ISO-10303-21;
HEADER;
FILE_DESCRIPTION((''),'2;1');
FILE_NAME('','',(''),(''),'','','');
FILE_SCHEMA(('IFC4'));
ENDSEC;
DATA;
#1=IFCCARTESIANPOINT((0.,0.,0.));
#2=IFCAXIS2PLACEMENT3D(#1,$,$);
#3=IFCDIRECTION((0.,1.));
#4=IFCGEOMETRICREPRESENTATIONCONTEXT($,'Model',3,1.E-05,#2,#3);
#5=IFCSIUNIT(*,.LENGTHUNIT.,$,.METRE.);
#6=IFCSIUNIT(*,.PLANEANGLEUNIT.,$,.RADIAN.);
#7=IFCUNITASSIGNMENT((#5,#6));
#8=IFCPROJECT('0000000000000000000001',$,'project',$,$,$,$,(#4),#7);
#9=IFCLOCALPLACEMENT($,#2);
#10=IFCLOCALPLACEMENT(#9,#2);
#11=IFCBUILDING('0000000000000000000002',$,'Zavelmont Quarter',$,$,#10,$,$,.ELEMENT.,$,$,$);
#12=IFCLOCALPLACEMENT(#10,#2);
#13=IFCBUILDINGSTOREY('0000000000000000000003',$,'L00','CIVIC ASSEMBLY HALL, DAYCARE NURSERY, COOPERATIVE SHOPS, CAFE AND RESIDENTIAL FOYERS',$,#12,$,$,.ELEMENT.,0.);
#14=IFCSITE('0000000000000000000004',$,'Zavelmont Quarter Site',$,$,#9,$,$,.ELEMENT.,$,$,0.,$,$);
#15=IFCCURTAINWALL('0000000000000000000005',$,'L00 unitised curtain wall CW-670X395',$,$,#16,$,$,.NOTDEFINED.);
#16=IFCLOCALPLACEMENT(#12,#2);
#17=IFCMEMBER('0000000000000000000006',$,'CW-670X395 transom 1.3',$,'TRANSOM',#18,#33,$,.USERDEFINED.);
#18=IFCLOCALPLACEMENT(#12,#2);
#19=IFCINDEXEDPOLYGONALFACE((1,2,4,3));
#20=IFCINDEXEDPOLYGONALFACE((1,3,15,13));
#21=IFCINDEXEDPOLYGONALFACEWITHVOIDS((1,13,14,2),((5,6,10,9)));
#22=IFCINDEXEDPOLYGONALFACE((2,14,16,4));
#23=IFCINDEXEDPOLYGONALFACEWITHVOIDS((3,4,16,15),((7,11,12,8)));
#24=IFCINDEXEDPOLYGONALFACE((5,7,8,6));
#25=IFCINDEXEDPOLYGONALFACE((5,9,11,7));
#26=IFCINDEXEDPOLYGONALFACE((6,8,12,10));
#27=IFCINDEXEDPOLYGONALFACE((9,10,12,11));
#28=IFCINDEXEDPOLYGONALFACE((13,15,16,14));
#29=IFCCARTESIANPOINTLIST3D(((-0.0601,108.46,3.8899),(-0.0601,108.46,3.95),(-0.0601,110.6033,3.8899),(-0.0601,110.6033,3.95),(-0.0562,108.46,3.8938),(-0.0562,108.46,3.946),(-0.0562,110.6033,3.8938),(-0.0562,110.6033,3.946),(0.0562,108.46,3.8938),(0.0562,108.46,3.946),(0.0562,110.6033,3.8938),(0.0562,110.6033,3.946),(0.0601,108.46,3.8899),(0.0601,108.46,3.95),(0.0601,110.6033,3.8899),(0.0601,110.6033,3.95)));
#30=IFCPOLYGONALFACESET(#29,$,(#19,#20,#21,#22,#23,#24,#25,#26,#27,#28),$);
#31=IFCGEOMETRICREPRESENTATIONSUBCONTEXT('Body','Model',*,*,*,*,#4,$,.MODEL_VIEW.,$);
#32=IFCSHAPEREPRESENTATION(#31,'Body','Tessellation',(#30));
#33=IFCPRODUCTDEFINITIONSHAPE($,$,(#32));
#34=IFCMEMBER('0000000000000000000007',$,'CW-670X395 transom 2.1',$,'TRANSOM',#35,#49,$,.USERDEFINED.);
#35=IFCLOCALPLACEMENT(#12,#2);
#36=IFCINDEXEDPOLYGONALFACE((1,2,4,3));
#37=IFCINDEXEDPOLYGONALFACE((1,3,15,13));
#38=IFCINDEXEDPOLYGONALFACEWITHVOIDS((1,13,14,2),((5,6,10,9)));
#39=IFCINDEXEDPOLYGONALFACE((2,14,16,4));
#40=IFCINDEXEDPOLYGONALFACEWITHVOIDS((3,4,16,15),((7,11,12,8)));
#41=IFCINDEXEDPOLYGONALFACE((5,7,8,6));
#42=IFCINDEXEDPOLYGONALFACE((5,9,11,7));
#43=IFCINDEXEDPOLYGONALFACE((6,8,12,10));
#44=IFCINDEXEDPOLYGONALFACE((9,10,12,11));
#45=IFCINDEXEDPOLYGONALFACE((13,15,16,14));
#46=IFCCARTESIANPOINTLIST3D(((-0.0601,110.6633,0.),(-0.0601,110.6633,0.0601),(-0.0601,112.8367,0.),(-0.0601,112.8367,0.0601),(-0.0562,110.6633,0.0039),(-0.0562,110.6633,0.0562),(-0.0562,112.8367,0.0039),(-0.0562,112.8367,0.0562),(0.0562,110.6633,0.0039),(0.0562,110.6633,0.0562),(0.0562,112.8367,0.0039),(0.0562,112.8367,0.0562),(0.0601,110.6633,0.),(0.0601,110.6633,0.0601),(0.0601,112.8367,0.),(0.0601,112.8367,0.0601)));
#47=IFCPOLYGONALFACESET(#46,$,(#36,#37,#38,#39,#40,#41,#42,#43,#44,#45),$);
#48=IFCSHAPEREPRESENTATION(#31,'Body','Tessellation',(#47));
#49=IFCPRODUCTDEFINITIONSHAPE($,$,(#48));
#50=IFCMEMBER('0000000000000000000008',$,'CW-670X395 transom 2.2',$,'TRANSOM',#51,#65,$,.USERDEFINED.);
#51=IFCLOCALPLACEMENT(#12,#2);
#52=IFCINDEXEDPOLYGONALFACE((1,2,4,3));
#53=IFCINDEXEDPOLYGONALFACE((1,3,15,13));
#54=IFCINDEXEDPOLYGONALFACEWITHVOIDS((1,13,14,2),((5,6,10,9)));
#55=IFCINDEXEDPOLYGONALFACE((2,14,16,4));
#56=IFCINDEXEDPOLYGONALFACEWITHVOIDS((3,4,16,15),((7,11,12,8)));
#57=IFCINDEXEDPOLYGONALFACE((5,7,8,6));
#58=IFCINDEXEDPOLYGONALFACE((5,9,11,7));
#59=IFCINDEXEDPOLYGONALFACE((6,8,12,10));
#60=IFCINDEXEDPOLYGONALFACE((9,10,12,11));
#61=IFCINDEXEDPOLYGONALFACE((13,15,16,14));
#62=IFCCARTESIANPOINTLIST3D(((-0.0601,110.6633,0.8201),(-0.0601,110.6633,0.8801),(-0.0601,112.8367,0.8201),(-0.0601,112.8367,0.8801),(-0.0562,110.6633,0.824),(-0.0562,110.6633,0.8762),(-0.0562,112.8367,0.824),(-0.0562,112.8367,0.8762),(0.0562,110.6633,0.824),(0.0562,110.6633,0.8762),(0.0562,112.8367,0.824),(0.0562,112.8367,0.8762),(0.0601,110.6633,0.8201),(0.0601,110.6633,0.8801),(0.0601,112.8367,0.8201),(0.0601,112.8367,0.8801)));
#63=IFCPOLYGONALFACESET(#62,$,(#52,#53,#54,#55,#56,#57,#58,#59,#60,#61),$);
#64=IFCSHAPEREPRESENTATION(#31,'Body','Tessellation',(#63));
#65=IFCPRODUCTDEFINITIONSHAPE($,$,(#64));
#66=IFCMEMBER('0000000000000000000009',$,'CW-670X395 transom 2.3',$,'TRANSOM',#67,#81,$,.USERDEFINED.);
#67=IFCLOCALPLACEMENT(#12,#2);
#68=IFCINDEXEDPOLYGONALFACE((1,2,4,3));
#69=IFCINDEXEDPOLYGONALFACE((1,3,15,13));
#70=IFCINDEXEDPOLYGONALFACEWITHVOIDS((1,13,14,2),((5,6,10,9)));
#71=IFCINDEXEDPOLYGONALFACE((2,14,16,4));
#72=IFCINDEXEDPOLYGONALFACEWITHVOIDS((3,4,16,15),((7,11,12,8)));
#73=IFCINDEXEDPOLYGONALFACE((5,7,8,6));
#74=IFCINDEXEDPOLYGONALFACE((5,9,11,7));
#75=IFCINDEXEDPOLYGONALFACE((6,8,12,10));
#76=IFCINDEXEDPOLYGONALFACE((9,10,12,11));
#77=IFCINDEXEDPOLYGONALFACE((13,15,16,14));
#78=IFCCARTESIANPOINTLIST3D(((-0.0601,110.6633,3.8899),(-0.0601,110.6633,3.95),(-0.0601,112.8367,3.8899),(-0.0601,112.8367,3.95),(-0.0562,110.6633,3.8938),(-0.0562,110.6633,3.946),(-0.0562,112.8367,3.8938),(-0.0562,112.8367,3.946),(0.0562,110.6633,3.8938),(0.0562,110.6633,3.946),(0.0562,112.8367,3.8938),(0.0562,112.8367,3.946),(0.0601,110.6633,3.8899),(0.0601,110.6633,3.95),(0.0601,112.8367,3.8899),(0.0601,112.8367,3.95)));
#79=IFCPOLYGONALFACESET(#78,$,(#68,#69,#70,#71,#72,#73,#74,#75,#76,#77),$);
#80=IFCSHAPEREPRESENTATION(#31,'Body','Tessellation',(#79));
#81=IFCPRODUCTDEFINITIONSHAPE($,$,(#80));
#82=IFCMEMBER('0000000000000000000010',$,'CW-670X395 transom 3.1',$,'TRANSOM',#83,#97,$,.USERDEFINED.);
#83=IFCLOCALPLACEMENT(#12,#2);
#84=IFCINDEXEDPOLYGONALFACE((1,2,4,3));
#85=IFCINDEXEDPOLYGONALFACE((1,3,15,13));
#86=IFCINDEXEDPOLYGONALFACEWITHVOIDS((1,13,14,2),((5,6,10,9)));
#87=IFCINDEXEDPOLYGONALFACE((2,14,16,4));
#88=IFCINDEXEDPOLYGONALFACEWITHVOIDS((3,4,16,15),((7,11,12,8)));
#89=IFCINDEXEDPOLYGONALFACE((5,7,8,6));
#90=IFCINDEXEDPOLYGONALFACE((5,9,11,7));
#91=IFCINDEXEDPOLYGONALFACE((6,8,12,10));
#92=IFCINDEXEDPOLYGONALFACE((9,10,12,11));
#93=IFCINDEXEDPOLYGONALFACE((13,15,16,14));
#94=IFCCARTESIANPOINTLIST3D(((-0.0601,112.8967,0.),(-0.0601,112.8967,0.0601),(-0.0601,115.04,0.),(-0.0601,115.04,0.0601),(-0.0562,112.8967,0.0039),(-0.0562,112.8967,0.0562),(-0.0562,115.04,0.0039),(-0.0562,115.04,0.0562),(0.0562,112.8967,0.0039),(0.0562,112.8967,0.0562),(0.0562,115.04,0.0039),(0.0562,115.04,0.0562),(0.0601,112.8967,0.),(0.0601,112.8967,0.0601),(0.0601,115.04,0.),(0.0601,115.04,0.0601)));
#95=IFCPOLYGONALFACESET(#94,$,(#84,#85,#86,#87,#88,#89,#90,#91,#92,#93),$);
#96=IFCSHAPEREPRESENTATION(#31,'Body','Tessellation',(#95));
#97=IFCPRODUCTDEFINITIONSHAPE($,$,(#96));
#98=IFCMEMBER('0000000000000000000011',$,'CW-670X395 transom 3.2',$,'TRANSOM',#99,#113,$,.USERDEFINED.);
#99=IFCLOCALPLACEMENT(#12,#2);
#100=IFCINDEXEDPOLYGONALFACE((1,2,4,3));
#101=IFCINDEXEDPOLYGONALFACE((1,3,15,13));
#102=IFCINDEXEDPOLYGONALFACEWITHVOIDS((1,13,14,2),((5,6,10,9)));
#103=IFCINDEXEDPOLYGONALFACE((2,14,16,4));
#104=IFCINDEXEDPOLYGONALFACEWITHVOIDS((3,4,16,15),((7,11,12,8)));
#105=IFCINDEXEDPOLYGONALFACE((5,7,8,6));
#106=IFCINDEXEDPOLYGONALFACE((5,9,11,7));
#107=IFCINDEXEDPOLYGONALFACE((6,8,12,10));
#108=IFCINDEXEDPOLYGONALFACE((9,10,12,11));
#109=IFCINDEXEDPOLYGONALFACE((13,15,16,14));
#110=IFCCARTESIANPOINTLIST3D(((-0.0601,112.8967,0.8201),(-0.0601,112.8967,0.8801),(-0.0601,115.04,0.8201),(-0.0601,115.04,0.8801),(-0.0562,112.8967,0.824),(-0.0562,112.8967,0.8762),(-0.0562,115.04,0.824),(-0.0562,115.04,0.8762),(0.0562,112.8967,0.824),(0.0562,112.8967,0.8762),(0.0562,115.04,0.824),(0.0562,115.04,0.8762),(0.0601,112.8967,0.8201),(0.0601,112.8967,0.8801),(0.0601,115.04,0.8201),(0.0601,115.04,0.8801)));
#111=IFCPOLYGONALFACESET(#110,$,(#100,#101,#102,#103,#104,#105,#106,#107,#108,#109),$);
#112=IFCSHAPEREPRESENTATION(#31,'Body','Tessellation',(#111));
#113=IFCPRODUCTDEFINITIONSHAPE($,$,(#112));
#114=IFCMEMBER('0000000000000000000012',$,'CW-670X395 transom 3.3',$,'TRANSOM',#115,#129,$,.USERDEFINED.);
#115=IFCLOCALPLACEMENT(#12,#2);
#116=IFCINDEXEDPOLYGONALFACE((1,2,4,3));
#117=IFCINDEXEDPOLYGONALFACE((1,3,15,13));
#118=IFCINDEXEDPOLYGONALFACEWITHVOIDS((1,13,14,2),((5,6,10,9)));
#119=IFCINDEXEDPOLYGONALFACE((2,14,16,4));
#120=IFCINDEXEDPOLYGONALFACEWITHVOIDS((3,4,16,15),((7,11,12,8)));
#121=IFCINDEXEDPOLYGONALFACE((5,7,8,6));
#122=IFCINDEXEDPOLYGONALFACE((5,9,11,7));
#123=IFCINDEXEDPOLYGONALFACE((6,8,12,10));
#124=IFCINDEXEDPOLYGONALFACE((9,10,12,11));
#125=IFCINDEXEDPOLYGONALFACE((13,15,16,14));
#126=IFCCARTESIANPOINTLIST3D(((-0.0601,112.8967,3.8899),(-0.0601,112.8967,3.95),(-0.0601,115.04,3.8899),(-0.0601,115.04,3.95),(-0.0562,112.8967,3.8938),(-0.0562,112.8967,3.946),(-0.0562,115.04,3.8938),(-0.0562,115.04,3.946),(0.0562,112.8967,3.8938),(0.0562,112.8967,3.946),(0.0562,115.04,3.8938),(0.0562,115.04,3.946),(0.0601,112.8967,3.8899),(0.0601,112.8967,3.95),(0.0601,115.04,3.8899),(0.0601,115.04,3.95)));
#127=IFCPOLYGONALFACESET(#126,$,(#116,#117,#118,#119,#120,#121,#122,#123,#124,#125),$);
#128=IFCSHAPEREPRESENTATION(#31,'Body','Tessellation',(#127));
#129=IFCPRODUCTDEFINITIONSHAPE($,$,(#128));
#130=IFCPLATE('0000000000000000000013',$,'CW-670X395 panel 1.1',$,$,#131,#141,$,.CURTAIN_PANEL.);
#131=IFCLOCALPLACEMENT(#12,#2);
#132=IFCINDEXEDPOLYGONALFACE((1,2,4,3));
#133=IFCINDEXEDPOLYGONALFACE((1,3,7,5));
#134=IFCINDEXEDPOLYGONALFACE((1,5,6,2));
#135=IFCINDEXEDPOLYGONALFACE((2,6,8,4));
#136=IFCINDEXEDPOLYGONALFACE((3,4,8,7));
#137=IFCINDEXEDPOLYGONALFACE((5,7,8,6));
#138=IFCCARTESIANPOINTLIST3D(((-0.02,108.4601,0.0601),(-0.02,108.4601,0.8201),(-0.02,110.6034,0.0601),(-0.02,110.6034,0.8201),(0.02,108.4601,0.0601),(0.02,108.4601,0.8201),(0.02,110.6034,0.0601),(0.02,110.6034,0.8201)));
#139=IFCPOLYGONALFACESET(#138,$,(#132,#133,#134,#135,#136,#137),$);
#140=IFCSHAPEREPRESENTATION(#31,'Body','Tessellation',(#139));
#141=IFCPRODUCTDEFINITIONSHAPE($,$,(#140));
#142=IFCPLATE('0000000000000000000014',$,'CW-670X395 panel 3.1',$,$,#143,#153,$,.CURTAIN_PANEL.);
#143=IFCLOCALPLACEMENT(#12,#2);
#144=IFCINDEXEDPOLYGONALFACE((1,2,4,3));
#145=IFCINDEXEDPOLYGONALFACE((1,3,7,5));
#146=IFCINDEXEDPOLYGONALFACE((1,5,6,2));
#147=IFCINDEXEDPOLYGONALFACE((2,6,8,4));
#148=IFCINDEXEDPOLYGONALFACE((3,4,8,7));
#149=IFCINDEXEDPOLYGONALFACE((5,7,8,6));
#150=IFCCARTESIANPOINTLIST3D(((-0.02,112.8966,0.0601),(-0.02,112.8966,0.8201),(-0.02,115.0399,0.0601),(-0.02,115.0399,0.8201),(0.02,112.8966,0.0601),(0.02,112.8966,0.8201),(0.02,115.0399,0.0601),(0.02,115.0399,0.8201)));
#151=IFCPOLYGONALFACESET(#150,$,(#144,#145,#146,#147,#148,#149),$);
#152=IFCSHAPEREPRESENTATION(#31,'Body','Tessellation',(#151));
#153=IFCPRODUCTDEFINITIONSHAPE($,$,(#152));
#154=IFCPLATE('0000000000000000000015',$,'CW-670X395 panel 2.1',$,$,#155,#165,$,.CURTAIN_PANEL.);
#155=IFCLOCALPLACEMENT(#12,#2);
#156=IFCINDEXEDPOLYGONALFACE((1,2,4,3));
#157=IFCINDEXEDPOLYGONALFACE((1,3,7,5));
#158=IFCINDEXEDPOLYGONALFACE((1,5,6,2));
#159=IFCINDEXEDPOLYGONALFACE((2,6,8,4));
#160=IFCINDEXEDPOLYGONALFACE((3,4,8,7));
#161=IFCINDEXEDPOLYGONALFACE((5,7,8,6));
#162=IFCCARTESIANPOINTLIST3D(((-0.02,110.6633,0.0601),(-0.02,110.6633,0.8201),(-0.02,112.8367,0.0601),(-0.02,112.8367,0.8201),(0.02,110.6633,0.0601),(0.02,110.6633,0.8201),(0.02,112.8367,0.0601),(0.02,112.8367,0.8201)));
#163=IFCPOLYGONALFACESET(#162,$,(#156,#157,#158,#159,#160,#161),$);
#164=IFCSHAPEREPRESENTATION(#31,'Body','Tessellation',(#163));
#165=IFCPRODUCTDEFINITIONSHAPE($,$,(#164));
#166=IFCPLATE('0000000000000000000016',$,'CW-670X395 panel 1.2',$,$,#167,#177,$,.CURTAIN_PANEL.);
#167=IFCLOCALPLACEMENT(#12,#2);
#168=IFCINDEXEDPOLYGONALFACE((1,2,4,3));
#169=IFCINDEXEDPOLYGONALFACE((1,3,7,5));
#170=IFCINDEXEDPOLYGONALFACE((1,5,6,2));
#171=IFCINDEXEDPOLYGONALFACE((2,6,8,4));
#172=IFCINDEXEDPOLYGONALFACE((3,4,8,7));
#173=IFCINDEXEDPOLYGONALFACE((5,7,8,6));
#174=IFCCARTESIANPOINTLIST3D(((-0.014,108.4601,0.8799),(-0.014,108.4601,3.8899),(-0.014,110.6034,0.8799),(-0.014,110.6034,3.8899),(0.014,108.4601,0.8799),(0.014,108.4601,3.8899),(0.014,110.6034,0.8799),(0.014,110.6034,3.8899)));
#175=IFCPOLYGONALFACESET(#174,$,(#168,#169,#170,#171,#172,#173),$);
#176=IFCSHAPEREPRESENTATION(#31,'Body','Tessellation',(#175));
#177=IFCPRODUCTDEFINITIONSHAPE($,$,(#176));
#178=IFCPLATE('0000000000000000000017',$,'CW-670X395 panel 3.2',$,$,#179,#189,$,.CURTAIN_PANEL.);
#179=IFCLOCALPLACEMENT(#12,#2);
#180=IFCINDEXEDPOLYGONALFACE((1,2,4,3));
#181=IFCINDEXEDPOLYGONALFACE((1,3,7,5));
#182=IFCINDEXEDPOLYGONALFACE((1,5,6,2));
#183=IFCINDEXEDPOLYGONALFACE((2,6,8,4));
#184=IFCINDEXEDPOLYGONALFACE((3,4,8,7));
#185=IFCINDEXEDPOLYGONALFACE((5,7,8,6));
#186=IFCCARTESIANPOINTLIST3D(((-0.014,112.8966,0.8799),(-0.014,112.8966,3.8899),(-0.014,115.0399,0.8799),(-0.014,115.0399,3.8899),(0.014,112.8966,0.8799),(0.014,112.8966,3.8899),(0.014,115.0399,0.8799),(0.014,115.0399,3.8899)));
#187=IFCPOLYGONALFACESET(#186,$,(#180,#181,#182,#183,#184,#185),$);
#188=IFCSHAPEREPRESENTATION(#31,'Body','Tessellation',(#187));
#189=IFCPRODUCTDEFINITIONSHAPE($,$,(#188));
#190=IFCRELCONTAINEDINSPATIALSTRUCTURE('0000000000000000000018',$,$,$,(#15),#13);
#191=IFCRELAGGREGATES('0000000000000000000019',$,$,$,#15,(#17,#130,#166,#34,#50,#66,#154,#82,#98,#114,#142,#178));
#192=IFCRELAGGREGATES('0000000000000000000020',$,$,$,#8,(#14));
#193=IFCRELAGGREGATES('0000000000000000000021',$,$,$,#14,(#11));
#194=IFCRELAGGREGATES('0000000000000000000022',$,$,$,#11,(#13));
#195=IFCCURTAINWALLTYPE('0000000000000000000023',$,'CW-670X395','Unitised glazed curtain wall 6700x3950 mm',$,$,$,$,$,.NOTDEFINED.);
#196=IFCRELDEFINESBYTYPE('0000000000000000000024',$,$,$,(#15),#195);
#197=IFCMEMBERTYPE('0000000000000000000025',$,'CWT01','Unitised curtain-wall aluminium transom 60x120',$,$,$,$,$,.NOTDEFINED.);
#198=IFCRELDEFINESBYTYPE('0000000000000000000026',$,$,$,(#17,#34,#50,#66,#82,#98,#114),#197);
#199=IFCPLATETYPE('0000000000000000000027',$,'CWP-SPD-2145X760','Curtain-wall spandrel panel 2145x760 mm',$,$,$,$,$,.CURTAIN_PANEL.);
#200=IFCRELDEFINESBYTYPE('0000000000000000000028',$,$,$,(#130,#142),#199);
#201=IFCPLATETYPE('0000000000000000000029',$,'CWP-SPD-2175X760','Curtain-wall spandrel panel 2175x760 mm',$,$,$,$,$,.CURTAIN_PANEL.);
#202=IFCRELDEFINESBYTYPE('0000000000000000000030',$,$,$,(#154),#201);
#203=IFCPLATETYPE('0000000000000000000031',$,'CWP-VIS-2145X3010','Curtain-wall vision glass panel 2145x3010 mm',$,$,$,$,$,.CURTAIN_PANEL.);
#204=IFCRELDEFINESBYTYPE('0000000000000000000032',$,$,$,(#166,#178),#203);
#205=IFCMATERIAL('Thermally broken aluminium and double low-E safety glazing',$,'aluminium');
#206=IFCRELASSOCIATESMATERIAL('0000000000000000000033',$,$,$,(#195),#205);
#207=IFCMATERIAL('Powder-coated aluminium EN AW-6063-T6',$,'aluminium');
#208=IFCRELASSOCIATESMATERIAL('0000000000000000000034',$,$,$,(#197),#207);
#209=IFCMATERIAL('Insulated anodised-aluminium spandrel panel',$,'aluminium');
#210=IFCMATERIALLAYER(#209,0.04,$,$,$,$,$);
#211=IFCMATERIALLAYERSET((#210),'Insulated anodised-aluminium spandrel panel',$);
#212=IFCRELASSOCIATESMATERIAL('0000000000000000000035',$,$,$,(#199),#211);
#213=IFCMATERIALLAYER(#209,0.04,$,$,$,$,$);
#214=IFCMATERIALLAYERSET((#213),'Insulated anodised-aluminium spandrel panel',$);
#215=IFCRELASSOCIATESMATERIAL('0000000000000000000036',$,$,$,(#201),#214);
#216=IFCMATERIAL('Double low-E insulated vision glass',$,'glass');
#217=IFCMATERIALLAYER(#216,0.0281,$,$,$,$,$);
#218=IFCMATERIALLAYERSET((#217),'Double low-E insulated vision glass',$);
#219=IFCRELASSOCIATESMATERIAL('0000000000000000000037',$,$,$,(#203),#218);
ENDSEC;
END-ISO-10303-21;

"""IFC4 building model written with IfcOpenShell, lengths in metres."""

from ifc_helpers import new_model, si_unit, direction, frame, origin, origin_2d, place, context, subcontext, project, spatial, rectangle, hollow_rectangle, extrude, material, layer, layer_set, material_profile, profile_set, type_object, element, aggregate, save


model = new_model("IFC4")

# Units and contexts
model_context = context("Model", 3, precision=1e-05, world=origin(), true_north=direction((0.0, 1.0)))
body_context = subcontext(model_context, "Body", "Model", "MODEL_VIEW")
ifc_project = project(units=[si_unit("LENGTHUNIT", "METRE"), si_unit("PLANEANGLEUNIT", "RADIAN")], contexts=[model_context])

# Site, building, storey
site_placement = place(None, origin())
site = spatial("IfcSite", under=ifc_project, at=site_placement, Name="Zavelmont Quarter Site", CompositionType="ELEMENT", RefElevation=0.0)
building_placement = place(site_placement, origin())
building = spatial("IfcBuilding", under=site, at=building_placement, Name="Zavelmont Quarter", CompositionType="ELEMENT")
storey_placement = place(building_placement, origin())
storey = spatial("IfcBuildingStorey", under=building, at=storey_placement, Name="L00", Description="CIVIC ASSEMBLY HALL, DAYCARE NURSERY, COOPERATIVE SHOPS, CAFE AND RESIDENTIAL FOYERS", CompositionType="ELEMENT", Elevation=0.0)

# Shared definitions
ifc_material_1 = material(Name="Thermally broken aluminium and double low-E safety glazing", Category="aluminium")
ifc_material_2 = material(Name="Powder-coated aluminium EN AW-6063-T6", Category="aluminium")

# Curtain wall
curtain_wall_type_1 = type_object("IfcCurtainWallType", Name="CW-670X395", Description="Unitised glazed curtain wall 6700x3950 mm", PredefinedType="NOTDEFINED", material=ifc_material_1)
curtain_wall_1_placement = place(storey_placement, origin())
curtain_wall_1 = element("IfcCurtainWall", 1, at=curtain_wall_1_placement, inside=storey, type_object=curtain_wall_type_1, Name="L00 unitised curtain wall CW-670X395", PredefinedType="NOTDEFINED")

# Members
ifc_material_profile_1 = material_profile(ifc_material_2, hollow_rectangle(XDim=0.1201, YDim=0.0601, WallThickness=0.0039, at=origin_2d()), Name="CWT60X120")
ifc_profile_set_1 = profile_set([ifc_material_profile_1], Name="Powder-coated aluminium EN AW-6063-T6")
member_type_1 = type_object("IfcMemberType", Name="CWT01", Description="Unitised curtain-wall aluminium transom 60x120", PredefinedType="NOTDEFINED", material=ifc_profile_set_1)
member_1_placement = place(storey_placement, frame((0.0, 108.46, 3.9199), z_axis=(0.0, 1.0, 0.0), x_axis=(-1.0, 0.0, 0.0)))
member_1 = element("IfcMember", 2, at=member_1_placement, type_object=member_type_1, Name="CW-670X395 transom 1.3", ObjectType="TRANSOM", PredefinedType="USERDEFINED", context=body_context, shape_type="SweptSolid", body=[
    extrude(hollow_rectangle(XDim=0.1201, YDim=0.0601, WallThickness=0.0039, at=origin_2d()), origin(), (0.0, 0.0, 1.0), 2.1433),
])
member_2_placement = place(storey_placement, frame((0.0, 110.6633, 0.03), z_axis=(0.0, 1.0, 0.0), x_axis=(-1.0, 0.0, 0.0)))
member_2 = element("IfcMember", 3, at=member_2_placement, type_object=member_type_1, Name="CW-670X395 transom 2.1", ObjectType="TRANSOM", PredefinedType="USERDEFINED", context=body_context, shape_type="SweptSolid", body=[
    extrude(hollow_rectangle(XDim=0.1201, YDim=0.0601, WallThickness=0.0039, at=origin_2d()), origin(), (0.0, 0.0, 1.0), 2.1733),
])
member_3_placement = place(storey_placement, frame((0.0, 110.6633, 0.8501), z_axis=(0.0, 1.0, 0.0), x_axis=(-1.0, 0.0, 0.0)))
member_3 = element("IfcMember", 4, at=member_3_placement, type_object=member_type_1, Name="CW-670X395 transom 2.2", ObjectType="TRANSOM", PredefinedType="USERDEFINED", context=body_context, shape_type="SweptSolid", body=[
    extrude(hollow_rectangle(XDim=0.1201, YDim=0.0601, WallThickness=0.0039, at=origin_2d()), origin(), (0.0, 0.0, 1.0), 2.1733),
])
member_4_placement = place(storey_placement, frame((0.0, 110.6633, 3.9199), z_axis=(0.0, 1.0, 0.0), x_axis=(-1.0, 0.0, 0.0)))
member_4 = element("IfcMember", 5, at=member_4_placement, type_object=member_type_1, Name="CW-670X395 transom 2.3", ObjectType="TRANSOM", PredefinedType="USERDEFINED", context=body_context, shape_type="SweptSolid", body=[
    extrude(hollow_rectangle(XDim=0.1201, YDim=0.0601, WallThickness=0.0039, at=origin_2d()), origin(), (0.0, 0.0, 1.0), 2.1733),
])
member_5_placement = place(storey_placement, frame((0.0, 112.8967, 0.03), z_axis=(0.0, 1.0, 0.0), x_axis=(-1.0, 0.0, 0.0)))
member_5 = element("IfcMember", 6, at=member_5_placement, type_object=member_type_1, Name="CW-670X395 transom 3.1", ObjectType="TRANSOM", PredefinedType="USERDEFINED", context=body_context, shape_type="SweptSolid", body=[
    extrude(hollow_rectangle(XDim=0.1201, YDim=0.0601, WallThickness=0.0039, at=origin_2d()), origin(), (0.0, 0.0, 1.0), 2.1433),
])
member_6_placement = place(storey_placement, frame((0.0, 112.8967, 0.8501), z_axis=(0.0, 1.0, 0.0), x_axis=(-1.0, 0.0, 0.0)))
member_6 = element("IfcMember", 7, at=member_6_placement, type_object=member_type_1, Name="CW-670X395 transom 3.2", ObjectType="TRANSOM", PredefinedType="USERDEFINED", context=body_context, shape_type="SweptSolid", body=[
    extrude(hollow_rectangle(XDim=0.1201, YDim=0.0601, WallThickness=0.0039, at=origin_2d()), origin(), (0.0, 0.0, 1.0), 2.1433),
])
member_7_placement = place(storey_placement, frame((0.0, 112.8967, 3.9199), z_axis=(0.0, 1.0, 0.0), x_axis=(-1.0, 0.0, 0.0)))
member_7 = element("IfcMember", 8, at=member_7_placement, type_object=member_type_1, Name="CW-670X395 transom 3.3", ObjectType="TRANSOM", PredefinedType="USERDEFINED", context=body_context, shape_type="SweptSolid", body=[
    extrude(hollow_rectangle(XDim=0.1201, YDim=0.0601, WallThickness=0.0039, at=origin_2d()), origin(), (0.0, 0.0, 1.0), 2.1433),
])

# Plates
ifc_material_3 = material(Name="Insulated anodised-aluminium spandrel panel", Category="aluminium")
ifc_layer_1 = layer(ifc_material_3, 0.04)
ifc_layer_set_1 = layer_set([ifc_layer_1], Name="Insulated anodised-aluminium spandrel panel")
plate_type_1 = type_object("IfcPlateType", Name="CWP-SPD-2145X760", Description="Curtain-wall spandrel panel 2145x760 mm", PredefinedType="CURTAIN_PANEL", material=ifc_layer_set_1)
plate_1_placement = place(storey_placement, frame((0.0, 109.5317, 0.0601), z_axis=(0.0, 0.0, 1.0), x_axis=(0.0, 1.0, 0.0)))
plate_1 = element("IfcPlate", 9, at=plate_1_placement, type_object=plate_type_1, Name="CW-670X395 panel 1.1", PredefinedType="CURTAIN_PANEL", context=body_context, shape_type="SweptSolid", body=[
    extrude(rectangle(XDim=2.1433, YDim=0.04, at=origin_2d()), origin(), (0.0, 0.0, 1.0), 0.76),
])
plate_2_placement = place(storey_placement, frame((0.0, 113.9683, 0.0601), z_axis=(0.0, 0.0, 1.0), x_axis=(0.0, 1.0, 0.0)))
plate_2 = element("IfcPlate", 10, at=plate_2_placement, type_object=plate_type_1, Name="CW-670X395 panel 3.1", PredefinedType="CURTAIN_PANEL", context=body_context, shape_type="SweptSolid", body=[
    extrude(rectangle(XDim=2.1433, YDim=0.04, at=origin_2d()), origin(), (0.0, 0.0, 1.0), 0.76),
])
ifc_layer_2 = layer(ifc_material_3, 0.04)
ifc_layer_set_2 = layer_set([ifc_layer_2], Name="Insulated anodised-aluminium spandrel panel")
plate_type_2 = type_object("IfcPlateType", Name="CWP-SPD-2175X760", Description="Curtain-wall spandrel panel 2175x760 mm", PredefinedType="CURTAIN_PANEL", material=ifc_layer_set_2)
plate_3_placement = place(storey_placement, frame((0.0, 111.75, 0.0601), z_axis=(0.0, 0.0, 1.0), x_axis=(0.0, 1.0, 0.0)))
plate_3 = element("IfcPlate", 11, at=plate_3_placement, type_object=plate_type_2, Name="CW-670X395 panel 2.1", PredefinedType="CURTAIN_PANEL", context=body_context, shape_type="SweptSolid", body=[
    extrude(rectangle(XDim=2.1733, YDim=0.04, at=origin_2d()), origin(), (0.0, 0.0, 1.0), 0.76),
])
ifc_material_4 = material(Name="Double low-E insulated vision glass", Category="glass")
ifc_layer_3 = layer(ifc_material_4, 0.0281)
ifc_layer_set_3 = layer_set([ifc_layer_3], Name="Double low-E insulated vision glass")
plate_type_3 = type_object("IfcPlateType", Name="CWP-VIS-2145X3010", Description="Curtain-wall vision glass panel 2145x3010 mm", PredefinedType="CURTAIN_PANEL", material=ifc_layer_set_3)
plate_4_placement = place(storey_placement, frame((0.0, 109.5317, 0.8799), z_axis=(0.0, 0.0, 1.0), x_axis=(0.0, 1.0, 0.0)))
plate_4 = element("IfcPlate", 12, at=plate_4_placement, type_object=plate_type_3, Name="CW-670X395 panel 1.2", PredefinedType="CURTAIN_PANEL", context=body_context, shape_type="SweptSolid", body=[
    extrude(rectangle(XDim=2.1433, YDim=0.0281, at=origin_2d()), origin(), (0.0, 0.0, 1.0), 3.01),
])
plate_5_placement = place(storey_placement, frame((0.0, 113.9683, 0.8799), z_axis=(0.0, 0.0, 1.0), x_axis=(0.0, 1.0, 0.0)))
plate_5 = element("IfcPlate", 13, at=plate_5_placement, type_object=plate_type_3, Name="CW-670X395 panel 3.2", PredefinedType="CURTAIN_PANEL", context=body_context, shape_type="SweptSolid", body=[
    extrude(rectangle(XDim=2.1433, YDim=0.0281, at=origin_2d()), origin(), (0.0, 0.0, 1.0), 3.01),
])
aggregate(curtain_wall_1, [member_1, plate_1, plate_4, member_2, member_3, member_4, plate_3, member_5, member_6, member_7, plate_2, plate_5])

save(model, "model.ifc")
